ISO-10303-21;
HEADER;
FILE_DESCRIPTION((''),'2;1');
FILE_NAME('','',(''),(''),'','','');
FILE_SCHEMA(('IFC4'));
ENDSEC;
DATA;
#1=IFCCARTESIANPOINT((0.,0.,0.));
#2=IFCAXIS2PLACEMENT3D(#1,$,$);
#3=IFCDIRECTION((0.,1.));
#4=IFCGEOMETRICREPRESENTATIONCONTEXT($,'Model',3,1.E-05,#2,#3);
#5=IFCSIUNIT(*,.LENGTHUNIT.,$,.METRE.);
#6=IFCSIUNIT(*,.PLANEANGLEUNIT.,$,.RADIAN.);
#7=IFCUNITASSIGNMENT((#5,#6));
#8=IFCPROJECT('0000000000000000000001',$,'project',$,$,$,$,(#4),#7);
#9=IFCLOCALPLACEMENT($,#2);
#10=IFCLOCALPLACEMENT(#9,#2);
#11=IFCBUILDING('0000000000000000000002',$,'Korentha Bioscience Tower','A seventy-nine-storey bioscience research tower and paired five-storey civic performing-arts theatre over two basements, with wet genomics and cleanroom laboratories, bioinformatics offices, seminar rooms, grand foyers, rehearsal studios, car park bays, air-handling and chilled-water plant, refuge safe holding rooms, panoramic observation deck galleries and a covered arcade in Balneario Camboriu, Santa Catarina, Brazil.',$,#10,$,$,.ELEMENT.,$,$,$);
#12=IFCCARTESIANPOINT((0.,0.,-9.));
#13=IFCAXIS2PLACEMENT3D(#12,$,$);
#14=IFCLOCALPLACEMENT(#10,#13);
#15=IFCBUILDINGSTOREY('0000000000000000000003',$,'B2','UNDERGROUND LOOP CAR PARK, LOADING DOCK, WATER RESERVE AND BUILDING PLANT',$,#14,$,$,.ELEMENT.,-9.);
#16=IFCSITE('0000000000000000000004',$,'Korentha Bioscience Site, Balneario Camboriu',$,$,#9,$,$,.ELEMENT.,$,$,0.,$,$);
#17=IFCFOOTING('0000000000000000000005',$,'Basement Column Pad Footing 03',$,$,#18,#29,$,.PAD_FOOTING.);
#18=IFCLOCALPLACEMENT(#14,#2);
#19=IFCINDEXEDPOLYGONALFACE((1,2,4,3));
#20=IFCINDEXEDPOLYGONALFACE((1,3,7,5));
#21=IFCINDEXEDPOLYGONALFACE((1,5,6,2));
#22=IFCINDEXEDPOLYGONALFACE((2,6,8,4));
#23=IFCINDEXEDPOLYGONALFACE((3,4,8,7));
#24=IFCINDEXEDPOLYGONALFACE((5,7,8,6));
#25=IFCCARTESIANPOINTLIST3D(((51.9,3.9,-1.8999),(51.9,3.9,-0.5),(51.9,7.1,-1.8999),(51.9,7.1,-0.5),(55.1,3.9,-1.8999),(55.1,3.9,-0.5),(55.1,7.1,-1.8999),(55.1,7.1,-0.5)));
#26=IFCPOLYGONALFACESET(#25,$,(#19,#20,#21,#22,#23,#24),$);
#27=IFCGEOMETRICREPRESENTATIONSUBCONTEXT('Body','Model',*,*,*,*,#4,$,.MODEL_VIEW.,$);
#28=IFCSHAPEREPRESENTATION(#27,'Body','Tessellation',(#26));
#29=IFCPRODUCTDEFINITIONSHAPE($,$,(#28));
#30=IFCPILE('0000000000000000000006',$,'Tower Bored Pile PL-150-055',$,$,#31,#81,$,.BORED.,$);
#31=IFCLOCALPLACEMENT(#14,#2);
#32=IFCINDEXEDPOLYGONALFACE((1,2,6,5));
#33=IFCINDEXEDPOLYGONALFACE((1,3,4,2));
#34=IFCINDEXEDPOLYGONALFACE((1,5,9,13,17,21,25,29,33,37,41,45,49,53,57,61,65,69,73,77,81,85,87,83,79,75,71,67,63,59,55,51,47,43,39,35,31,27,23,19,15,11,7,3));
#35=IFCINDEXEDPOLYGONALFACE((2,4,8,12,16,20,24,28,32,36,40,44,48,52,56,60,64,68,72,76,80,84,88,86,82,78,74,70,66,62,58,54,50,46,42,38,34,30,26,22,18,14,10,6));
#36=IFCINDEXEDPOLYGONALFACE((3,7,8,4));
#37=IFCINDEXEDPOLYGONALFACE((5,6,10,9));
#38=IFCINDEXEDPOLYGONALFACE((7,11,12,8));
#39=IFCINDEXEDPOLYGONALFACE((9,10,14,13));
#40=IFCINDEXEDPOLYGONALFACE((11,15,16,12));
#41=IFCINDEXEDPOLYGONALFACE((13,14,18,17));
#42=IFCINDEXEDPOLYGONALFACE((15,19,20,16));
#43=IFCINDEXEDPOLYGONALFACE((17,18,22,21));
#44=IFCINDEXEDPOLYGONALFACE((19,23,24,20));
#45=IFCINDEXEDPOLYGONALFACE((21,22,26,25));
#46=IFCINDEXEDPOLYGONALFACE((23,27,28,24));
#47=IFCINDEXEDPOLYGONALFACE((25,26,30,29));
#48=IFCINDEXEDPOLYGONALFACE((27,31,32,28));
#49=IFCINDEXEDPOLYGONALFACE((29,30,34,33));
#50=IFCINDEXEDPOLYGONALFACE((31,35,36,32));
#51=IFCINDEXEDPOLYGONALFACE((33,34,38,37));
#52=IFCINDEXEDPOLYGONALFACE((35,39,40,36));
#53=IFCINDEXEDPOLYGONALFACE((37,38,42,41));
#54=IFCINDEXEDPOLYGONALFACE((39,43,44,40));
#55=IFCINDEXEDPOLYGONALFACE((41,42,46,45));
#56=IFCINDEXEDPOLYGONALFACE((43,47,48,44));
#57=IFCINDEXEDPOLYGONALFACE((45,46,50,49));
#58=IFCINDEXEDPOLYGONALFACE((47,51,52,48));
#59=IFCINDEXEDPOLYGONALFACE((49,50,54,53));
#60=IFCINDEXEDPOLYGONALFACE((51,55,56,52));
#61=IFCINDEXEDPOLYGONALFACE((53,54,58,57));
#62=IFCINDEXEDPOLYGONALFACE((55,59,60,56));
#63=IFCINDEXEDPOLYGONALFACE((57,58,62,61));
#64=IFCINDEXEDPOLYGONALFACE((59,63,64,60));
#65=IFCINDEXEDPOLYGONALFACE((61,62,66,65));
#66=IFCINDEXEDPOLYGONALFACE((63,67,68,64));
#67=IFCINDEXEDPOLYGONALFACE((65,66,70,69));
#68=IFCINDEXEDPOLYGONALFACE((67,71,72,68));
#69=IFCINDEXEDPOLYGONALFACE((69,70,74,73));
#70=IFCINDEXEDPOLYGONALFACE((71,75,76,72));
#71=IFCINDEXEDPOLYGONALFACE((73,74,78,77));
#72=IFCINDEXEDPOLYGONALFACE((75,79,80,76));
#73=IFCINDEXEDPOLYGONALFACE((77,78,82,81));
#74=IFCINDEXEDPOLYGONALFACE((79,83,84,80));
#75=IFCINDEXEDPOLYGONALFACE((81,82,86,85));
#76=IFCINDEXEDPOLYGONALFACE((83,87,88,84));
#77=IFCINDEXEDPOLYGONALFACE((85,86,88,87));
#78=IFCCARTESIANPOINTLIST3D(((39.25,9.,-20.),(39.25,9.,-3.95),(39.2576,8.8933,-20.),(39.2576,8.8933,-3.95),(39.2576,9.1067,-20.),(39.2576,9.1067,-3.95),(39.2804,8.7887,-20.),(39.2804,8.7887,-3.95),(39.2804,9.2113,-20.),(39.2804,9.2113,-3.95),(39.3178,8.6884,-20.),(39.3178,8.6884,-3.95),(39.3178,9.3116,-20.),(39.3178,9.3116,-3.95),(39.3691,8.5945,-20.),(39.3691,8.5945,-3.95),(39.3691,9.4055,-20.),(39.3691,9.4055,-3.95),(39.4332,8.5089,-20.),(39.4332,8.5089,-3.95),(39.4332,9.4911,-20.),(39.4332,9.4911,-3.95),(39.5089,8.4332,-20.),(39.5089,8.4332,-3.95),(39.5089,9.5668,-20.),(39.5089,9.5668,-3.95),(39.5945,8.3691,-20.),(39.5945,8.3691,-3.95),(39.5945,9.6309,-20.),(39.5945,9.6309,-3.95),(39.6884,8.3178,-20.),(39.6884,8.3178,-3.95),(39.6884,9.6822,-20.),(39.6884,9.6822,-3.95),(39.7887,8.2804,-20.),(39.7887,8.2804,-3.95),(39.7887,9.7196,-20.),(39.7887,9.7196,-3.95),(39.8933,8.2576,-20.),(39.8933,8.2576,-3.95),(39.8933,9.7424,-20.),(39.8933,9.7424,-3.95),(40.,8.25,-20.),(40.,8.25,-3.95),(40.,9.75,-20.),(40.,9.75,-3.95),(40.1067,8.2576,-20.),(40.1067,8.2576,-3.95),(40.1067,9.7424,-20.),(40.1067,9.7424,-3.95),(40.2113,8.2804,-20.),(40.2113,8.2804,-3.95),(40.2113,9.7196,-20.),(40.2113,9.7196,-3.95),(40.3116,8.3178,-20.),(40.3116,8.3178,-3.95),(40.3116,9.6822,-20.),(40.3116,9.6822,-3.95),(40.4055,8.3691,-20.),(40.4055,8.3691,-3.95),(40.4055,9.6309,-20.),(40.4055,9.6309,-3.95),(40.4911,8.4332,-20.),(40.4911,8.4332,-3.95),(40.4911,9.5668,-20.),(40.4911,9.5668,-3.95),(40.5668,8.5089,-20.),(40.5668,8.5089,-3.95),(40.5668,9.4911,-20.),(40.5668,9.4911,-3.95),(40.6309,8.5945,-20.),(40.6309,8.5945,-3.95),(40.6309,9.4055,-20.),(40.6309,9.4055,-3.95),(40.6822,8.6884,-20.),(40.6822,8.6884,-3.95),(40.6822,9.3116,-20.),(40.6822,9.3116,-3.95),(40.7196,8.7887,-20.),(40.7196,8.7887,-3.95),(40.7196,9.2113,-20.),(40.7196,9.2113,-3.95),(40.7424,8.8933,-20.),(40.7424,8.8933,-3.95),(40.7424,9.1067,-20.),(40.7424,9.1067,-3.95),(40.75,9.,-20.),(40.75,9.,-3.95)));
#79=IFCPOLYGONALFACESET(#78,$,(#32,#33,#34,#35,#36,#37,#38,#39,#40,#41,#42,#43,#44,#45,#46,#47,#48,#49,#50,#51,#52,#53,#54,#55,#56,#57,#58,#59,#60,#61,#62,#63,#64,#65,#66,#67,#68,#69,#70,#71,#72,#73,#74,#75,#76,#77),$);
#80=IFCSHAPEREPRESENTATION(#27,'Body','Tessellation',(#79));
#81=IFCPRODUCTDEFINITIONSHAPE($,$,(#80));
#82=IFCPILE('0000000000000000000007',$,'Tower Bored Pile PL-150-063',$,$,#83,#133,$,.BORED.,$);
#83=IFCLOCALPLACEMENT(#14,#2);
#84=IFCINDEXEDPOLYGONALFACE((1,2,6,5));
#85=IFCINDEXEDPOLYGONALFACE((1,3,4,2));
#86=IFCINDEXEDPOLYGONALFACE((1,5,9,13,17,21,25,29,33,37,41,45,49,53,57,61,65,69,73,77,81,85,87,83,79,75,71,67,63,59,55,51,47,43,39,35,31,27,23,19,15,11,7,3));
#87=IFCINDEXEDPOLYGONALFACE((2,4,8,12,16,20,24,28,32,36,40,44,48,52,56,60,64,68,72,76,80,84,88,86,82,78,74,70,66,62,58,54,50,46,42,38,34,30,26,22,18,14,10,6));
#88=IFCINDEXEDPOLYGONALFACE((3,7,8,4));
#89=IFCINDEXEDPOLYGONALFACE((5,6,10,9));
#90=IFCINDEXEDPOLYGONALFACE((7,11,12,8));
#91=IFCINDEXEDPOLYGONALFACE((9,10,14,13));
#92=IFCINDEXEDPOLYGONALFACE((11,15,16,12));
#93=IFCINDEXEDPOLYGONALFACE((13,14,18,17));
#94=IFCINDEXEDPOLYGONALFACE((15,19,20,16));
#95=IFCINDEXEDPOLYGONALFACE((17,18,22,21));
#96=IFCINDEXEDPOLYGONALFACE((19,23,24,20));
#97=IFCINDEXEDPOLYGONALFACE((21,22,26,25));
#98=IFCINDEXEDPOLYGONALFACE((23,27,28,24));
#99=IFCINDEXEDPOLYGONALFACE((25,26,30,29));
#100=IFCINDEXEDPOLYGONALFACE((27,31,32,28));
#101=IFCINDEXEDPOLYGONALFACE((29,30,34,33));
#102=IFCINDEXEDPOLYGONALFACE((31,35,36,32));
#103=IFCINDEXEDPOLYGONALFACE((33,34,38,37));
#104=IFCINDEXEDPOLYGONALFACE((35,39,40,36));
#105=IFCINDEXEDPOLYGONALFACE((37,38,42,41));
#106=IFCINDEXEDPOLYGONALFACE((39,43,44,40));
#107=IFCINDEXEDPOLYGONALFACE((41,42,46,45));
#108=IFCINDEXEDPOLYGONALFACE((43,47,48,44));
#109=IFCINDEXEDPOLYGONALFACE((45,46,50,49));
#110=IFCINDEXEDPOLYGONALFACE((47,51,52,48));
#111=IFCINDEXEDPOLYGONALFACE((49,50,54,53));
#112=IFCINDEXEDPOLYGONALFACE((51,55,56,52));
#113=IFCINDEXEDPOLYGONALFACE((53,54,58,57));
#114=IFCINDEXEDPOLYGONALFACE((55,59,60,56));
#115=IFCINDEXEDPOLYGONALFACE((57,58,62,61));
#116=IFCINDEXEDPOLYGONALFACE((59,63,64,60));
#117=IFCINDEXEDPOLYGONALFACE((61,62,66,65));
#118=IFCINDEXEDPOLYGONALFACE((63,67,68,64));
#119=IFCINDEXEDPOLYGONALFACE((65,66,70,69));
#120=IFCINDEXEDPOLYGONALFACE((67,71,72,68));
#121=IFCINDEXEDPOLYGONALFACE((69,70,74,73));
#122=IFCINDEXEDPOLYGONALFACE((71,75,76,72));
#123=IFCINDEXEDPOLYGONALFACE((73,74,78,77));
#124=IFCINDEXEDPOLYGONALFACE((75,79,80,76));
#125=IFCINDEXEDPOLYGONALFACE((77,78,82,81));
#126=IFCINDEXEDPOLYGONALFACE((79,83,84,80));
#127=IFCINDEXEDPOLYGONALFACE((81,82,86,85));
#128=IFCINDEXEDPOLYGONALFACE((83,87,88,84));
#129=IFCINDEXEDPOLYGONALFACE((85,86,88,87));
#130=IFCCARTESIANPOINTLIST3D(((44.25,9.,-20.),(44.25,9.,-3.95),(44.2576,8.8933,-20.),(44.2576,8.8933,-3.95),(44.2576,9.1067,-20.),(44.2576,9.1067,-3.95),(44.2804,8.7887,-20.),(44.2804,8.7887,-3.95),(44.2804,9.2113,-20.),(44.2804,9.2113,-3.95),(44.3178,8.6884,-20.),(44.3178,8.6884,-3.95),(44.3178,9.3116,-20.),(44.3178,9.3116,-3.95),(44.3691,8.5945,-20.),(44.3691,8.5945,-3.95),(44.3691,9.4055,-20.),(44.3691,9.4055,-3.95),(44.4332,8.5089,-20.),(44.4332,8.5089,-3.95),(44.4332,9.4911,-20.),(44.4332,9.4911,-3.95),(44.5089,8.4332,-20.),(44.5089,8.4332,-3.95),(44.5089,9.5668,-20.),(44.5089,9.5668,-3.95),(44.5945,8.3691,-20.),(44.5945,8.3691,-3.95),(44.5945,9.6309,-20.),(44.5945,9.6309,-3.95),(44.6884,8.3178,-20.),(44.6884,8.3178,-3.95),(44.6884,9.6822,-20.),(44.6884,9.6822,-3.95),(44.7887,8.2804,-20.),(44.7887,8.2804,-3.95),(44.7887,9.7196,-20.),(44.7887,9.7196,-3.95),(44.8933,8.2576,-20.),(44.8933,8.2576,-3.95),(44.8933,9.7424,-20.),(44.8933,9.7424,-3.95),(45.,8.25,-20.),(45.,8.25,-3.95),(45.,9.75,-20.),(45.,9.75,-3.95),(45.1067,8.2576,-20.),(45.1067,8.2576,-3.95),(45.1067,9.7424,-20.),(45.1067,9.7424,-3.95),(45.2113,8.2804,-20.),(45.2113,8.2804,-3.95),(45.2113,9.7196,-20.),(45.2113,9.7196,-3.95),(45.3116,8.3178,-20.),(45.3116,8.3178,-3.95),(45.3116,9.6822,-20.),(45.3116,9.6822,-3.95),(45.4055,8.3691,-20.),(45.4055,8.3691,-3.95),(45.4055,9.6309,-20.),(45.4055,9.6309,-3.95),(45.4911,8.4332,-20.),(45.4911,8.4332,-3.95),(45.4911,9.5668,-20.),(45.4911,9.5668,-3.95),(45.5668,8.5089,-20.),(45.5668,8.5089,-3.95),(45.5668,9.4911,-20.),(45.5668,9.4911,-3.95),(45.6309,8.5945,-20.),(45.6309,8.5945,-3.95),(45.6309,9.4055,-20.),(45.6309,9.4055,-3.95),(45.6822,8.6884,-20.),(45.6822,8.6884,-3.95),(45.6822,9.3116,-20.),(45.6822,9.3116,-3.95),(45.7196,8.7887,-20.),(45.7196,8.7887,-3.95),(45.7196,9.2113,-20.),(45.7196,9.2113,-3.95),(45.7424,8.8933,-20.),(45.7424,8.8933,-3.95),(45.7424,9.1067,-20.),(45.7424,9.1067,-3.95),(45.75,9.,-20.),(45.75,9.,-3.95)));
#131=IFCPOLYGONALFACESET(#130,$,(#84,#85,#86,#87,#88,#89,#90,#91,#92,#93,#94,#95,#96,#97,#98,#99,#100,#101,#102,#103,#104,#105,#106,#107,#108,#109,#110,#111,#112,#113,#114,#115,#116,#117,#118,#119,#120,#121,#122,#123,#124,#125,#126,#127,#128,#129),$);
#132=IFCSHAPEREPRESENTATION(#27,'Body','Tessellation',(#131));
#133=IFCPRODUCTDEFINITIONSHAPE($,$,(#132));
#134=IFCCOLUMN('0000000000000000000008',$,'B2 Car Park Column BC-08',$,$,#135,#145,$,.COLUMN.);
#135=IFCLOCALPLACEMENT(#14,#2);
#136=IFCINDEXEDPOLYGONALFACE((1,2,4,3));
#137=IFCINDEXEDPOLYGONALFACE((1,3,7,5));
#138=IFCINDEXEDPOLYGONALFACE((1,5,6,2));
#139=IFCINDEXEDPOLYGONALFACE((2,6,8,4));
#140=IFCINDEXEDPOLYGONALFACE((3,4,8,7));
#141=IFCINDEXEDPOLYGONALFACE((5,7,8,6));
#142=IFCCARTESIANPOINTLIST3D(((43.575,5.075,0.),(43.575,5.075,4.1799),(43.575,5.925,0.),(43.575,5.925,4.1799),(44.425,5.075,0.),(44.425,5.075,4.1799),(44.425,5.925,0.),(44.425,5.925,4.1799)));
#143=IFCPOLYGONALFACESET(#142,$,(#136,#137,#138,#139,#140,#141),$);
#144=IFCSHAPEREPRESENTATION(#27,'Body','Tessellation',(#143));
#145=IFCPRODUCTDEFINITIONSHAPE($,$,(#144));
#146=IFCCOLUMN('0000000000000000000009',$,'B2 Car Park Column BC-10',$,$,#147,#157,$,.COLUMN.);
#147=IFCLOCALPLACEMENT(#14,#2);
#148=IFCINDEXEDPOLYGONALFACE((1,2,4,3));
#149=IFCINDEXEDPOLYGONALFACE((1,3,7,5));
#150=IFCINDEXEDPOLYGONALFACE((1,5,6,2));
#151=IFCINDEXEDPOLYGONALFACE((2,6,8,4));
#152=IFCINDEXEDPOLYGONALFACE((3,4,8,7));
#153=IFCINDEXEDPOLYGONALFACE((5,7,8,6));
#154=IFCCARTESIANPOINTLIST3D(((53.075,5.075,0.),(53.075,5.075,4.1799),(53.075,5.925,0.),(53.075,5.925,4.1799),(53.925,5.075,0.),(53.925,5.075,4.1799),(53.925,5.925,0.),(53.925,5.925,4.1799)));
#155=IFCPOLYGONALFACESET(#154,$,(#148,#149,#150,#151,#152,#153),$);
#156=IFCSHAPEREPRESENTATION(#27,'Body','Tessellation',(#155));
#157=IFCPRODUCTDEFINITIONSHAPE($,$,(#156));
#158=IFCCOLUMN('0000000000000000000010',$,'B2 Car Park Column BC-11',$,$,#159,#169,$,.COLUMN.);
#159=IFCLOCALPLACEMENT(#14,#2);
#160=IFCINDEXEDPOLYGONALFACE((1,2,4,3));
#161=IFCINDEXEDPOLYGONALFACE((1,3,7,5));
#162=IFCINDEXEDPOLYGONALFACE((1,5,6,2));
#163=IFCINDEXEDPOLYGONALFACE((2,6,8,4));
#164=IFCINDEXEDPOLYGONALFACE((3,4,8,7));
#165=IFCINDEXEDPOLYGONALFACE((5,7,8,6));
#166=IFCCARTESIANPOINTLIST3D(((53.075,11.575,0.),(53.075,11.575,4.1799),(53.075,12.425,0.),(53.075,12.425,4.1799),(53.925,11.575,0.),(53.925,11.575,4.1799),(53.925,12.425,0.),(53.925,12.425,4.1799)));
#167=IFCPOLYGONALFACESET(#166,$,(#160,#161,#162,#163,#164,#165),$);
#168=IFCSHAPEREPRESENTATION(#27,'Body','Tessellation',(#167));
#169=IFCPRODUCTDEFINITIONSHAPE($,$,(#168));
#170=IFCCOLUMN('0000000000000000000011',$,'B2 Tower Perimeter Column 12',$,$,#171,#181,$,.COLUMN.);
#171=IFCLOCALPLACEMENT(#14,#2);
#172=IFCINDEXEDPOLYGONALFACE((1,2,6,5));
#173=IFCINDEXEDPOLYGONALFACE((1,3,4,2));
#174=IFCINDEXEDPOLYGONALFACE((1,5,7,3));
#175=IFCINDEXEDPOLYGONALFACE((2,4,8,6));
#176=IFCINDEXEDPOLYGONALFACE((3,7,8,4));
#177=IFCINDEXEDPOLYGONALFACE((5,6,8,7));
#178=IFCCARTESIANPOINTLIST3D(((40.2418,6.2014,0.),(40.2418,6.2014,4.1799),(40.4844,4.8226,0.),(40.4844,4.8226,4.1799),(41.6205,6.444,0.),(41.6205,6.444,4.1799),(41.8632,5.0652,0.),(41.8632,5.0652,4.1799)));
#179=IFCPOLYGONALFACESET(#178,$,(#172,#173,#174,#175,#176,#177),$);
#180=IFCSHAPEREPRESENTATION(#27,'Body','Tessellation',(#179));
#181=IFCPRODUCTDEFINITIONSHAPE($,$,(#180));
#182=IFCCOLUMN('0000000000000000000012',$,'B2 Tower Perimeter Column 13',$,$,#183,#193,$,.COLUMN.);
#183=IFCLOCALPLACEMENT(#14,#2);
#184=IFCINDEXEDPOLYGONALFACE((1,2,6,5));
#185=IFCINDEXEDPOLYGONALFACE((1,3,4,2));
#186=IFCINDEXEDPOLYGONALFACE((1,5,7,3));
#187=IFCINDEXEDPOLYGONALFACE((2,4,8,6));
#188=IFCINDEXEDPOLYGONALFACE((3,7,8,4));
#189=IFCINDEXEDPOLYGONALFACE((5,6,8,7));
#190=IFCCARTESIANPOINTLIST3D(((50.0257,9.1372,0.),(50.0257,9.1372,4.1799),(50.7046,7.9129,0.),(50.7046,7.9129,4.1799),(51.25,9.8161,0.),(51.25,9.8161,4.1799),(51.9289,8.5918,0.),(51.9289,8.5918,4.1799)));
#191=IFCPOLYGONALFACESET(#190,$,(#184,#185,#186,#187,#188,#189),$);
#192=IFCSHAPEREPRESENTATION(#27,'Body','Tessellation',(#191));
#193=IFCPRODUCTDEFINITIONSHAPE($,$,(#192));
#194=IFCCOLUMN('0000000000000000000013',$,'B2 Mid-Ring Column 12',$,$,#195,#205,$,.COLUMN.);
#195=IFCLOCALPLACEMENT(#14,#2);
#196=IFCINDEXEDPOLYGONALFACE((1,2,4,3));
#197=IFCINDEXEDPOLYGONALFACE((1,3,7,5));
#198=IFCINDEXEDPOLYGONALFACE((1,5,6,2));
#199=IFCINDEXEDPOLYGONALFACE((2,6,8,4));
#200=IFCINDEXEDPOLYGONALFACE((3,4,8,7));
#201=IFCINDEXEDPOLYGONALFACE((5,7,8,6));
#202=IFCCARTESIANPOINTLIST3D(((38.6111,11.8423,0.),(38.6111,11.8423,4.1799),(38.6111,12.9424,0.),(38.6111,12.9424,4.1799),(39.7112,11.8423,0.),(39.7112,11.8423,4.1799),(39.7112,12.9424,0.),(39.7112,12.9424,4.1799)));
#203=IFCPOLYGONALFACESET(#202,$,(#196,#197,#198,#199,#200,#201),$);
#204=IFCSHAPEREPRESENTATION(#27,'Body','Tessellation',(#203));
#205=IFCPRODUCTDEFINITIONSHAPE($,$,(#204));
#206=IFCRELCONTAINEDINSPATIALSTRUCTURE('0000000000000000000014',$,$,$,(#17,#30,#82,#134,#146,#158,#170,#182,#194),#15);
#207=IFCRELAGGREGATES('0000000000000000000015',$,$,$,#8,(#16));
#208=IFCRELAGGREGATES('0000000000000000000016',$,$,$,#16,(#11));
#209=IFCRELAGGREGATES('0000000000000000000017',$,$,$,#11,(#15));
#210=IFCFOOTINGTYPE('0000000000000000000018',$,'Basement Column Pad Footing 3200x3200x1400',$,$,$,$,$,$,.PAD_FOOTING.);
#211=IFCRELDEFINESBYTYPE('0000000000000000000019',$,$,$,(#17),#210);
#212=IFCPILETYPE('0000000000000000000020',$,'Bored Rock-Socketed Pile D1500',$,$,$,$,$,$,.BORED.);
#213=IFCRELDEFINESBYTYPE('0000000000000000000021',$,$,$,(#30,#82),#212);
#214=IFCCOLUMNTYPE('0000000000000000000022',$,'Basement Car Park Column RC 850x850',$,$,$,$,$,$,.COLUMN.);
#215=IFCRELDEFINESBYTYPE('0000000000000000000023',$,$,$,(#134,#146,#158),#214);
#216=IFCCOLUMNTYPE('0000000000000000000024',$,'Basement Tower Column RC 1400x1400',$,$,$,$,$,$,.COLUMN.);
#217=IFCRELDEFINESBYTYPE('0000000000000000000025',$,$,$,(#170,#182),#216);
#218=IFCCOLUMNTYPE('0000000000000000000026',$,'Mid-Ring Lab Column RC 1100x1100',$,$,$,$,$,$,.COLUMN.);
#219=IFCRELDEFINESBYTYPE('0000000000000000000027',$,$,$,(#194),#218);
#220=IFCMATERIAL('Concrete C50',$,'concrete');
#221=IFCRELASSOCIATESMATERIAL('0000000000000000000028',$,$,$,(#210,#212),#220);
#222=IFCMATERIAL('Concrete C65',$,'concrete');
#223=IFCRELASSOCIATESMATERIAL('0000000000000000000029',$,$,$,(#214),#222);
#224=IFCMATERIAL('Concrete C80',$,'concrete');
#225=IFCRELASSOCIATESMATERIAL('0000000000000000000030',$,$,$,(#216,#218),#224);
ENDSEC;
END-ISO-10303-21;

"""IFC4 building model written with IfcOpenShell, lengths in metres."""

from ifc_helpers import new_model, si_unit, direction, frame, origin, origin_2d, place, context, subcontext, project, spatial, rectangle, circle, extrude, material, material_profile, profile_set, type_object, element, save


model = new_model("IFC4")

# Units and contexts
model_context = context("Model", 3, precision=1e-05, world=origin(), true_north=direction((0.0, 1.0)))
body_context = subcontext(model_context, "Body", "Model", "MODEL_VIEW")
ifc_project = project(units=[si_unit("LENGTHUNIT", "METRE"), si_unit("PLANEANGLEUNIT", "RADIAN")], contexts=[model_context])

# Site, building, storey
site_placement = place(None, origin())
site = spatial("IfcSite", under=ifc_project, at=site_placement, Name="Korentha Bioscience Site, Balneario Camboriu", CompositionType="ELEMENT", RefElevation=0.0)
building_placement = place(site_placement, origin())
building = spatial("IfcBuilding", under=site, at=building_placement, Name="Korentha Bioscience Tower", Description="A seventy-nine-storey bioscience research tower and paired five-storey civic performing-arts theatre over two basements, with wet genomics and cleanroom laboratories, bioinformatics offices, seminar rooms, grand foyers, rehearsal studios, car park bays, air-handling and chilled-water plant, refuge safe holding rooms, panoramic observation deck galleries and a covered arcade in Balneario Camboriu, Santa Catarina, Brazil.", CompositionType="ELEMENT")
storey_placement = place(building_placement, frame((0.0, 0.0, -9.0)))
storey = spatial("IfcBuildingStorey", under=building, at=storey_placement, Name="B2", Description="UNDERGROUND LOOP CAR PARK, LOADING DOCK, WATER RESERVE AND BUILDING PLANT", CompositionType="ELEMENT", Elevation=-9.0)

# Footing
ifc_material_1 = material(Name="Concrete C50", Category="concrete")
footing_type = type_object("IfcFootingType", Name="Basement Column Pad Footing 3200x3200x1400", PredefinedType="PAD_FOOTING", material=ifc_material_1)
footing_placement = place(storey_placement, frame((53.5, 5.5, -1.8999), z_axis=(0.0, 0.0, 1.0), x_axis=(1.0, 0.0, 0.0)))
element("IfcFooting", 1, at=footing_placement, inside=storey, type_object=footing_type, Name="Basement Column Pad Footing 03", PredefinedType="PAD_FOOTING", context=body_context, shape_type="SweptSolid", body=[
    extrude(rectangle(XDim=3.2, YDim=3.2, at=origin_2d()), origin(), (0.0, 0.0, 1.0), 1.3999),
])

# Piles
ifc_material_profile_1 = material_profile(ifc_material_1, circle(Radius=0.75, at=origin_2d()), Name="Concrete C50")
ifc_profile_set_1 = profile_set([ifc_material_profile_1], Name="Concrete C50 (PL-150)")
pile_type = type_object("IfcPileType", Name="Bored Rock-Socketed Pile D1500", PredefinedType="BORED", material=ifc_profile_set_1)
for number, where, z_axis, x_axis, name in (
    (2, (40.0, 9.0, -3.95), (0.0, 0.0, -1.0), (1.0, 0.0, 0.0), "Tower Bored Pile PL-150-055"),
    (3, (45.0, 9.0, -3.95), (0.0, 0.0, -1.0), (1.0, 0.0, 0.0), "Tower Bored Pile PL-150-063"),
):
    element("IfcPile", number, at=place(storey_placement, frame(where, z_axis=z_axis, x_axis=x_axis)), inside=storey, type_object=pile_type, Name=name, PredefinedType="BORED", context=body_context, shape_type="SweptSolid", body=[
        extrude(circle(Radius=0.75, at=origin_2d()), origin(), (0.0, 0.0, 1.0), 16.05),
    ])

# Columns
ifc_material_2 = material(Name="Concrete C65", Category="concrete")
ifc_material_profile_2 = material_profile(ifc_material_2, rectangle(XDim=0.8501, YDim=0.8501, at=origin_2d()), Name="Concrete C65")
ifc_profile_set_2 = profile_set([ifc_material_profile_2], Name="Concrete C65 (BC-01)")
column_type_1 = type_object("IfcColumnType", Name="Basement Car Park Column RC 850x850", PredefinedType="COLUMN", material=ifc_profile_set_2)
for number, where, z_axis, x_axis, name in (
    (4, (44.0, 5.5, 0.0), (0.0, 0.0, 1.0), (1.0, 0.0, 0.0), "B2 Car Park Column BC-08"),
    (5, (53.5, 5.5, 0.0), (0.0, 0.0, 1.0), (1.0, 0.0, 0.0), "B2 Car Park Column BC-10"),
    (6, (53.5, 12.0, 0.0), (0.0, 0.0, 1.0), (1.0, 0.0, 0.0), "B2 Car Park Column BC-11"),
):
    element("IfcColumn", number, at=place(storey_placement, frame(where, z_axis=z_axis, x_axis=x_axis)), inside=storey, type_object=column_type_1, Name=name, PredefinedType="COLUMN", context=body_context, shape_type="SweptSolid", body=[
        extrude(rectangle(XDim=0.8501, YDim=0.8501, at=origin_2d()), origin(), (0.0, 0.0, 1.0), 4.1799),
    ])
ifc_material_3 = material(Name="Concrete C80", Category="concrete")
ifc_material_profile_3 = material_profile(ifc_material_3, rectangle(XDim=1.3999, YDim=1.3999, at=origin_2d()), Name="Concrete C80")
ifc_profile_set_3 = profile_set([ifc_material_profile_3], Name="Concrete C80 (COL-B14)")
column_type_2 = type_object("IfcColumnType", Name="Basement Tower Column RC 1400x1400", PredefinedType="COLUMN", material=ifc_profile_set_3)
for number, where, z_axis, x_axis, name in (
    (7, (41.0525, 5.6333, 0.0), (0.0, 0.0, 1.0), (0.984868, 0.173304, 0.0), "B2 Tower Perimeter Column 12"),
    (8, (50.9773, 8.8645, 0.0), (0.0, 0.0, 1.0), (0.874535, 0.484962, 0.0), "B2 Tower Perimeter Column 13"),
):
    element("IfcColumn", number, at=place(storey_placement, frame(where, z_axis=z_axis, x_axis=x_axis)), inside=storey, type_object=column_type_2, Name=name, PredefinedType="COLUMN", context=body_context, shape_type="SweptSolid", body=[
        extrude(rectangle(XDim=1.3999, YDim=1.3999, at=origin_2d()), origin(), (0.0, 0.0, 1.0), 4.1799),
    ])
ifc_material_profile_4 = material_profile(ifc_material_3, rectangle(XDim=1.1001, YDim=1.1001, at=origin_2d()), Name="Concrete C80")
ifc_profile_set_4 = profile_set([ifc_material_profile_4], Name="Concrete C80 (COL-MR11)")
column_type_3 = type_object("IfcColumnType", Name="Mid-Ring Lab Column RC 1100x1100", PredefinedType="COLUMN", material=ifc_profile_set_4)
column_placement = place(storey_placement, frame((39.1611, 12.3923, 0.0), z_axis=(0.0, 0.0, 1.0), x_axis=(1.0, 0.0, 0.0)))
element("IfcColumn", 9, at=column_placement, inside=storey, type_object=column_type_3, Name="B2 Mid-Ring Column 12", PredefinedType="COLUMN", context=body_context, shape_type="SweptSolid", body=[
    extrude(rectangle(XDim=1.1001, YDim=1.1001, at=origin_2d()), origin(), (0.0, 0.0, 1.0), 4.1799),
])

save(model, "model.ifc")
